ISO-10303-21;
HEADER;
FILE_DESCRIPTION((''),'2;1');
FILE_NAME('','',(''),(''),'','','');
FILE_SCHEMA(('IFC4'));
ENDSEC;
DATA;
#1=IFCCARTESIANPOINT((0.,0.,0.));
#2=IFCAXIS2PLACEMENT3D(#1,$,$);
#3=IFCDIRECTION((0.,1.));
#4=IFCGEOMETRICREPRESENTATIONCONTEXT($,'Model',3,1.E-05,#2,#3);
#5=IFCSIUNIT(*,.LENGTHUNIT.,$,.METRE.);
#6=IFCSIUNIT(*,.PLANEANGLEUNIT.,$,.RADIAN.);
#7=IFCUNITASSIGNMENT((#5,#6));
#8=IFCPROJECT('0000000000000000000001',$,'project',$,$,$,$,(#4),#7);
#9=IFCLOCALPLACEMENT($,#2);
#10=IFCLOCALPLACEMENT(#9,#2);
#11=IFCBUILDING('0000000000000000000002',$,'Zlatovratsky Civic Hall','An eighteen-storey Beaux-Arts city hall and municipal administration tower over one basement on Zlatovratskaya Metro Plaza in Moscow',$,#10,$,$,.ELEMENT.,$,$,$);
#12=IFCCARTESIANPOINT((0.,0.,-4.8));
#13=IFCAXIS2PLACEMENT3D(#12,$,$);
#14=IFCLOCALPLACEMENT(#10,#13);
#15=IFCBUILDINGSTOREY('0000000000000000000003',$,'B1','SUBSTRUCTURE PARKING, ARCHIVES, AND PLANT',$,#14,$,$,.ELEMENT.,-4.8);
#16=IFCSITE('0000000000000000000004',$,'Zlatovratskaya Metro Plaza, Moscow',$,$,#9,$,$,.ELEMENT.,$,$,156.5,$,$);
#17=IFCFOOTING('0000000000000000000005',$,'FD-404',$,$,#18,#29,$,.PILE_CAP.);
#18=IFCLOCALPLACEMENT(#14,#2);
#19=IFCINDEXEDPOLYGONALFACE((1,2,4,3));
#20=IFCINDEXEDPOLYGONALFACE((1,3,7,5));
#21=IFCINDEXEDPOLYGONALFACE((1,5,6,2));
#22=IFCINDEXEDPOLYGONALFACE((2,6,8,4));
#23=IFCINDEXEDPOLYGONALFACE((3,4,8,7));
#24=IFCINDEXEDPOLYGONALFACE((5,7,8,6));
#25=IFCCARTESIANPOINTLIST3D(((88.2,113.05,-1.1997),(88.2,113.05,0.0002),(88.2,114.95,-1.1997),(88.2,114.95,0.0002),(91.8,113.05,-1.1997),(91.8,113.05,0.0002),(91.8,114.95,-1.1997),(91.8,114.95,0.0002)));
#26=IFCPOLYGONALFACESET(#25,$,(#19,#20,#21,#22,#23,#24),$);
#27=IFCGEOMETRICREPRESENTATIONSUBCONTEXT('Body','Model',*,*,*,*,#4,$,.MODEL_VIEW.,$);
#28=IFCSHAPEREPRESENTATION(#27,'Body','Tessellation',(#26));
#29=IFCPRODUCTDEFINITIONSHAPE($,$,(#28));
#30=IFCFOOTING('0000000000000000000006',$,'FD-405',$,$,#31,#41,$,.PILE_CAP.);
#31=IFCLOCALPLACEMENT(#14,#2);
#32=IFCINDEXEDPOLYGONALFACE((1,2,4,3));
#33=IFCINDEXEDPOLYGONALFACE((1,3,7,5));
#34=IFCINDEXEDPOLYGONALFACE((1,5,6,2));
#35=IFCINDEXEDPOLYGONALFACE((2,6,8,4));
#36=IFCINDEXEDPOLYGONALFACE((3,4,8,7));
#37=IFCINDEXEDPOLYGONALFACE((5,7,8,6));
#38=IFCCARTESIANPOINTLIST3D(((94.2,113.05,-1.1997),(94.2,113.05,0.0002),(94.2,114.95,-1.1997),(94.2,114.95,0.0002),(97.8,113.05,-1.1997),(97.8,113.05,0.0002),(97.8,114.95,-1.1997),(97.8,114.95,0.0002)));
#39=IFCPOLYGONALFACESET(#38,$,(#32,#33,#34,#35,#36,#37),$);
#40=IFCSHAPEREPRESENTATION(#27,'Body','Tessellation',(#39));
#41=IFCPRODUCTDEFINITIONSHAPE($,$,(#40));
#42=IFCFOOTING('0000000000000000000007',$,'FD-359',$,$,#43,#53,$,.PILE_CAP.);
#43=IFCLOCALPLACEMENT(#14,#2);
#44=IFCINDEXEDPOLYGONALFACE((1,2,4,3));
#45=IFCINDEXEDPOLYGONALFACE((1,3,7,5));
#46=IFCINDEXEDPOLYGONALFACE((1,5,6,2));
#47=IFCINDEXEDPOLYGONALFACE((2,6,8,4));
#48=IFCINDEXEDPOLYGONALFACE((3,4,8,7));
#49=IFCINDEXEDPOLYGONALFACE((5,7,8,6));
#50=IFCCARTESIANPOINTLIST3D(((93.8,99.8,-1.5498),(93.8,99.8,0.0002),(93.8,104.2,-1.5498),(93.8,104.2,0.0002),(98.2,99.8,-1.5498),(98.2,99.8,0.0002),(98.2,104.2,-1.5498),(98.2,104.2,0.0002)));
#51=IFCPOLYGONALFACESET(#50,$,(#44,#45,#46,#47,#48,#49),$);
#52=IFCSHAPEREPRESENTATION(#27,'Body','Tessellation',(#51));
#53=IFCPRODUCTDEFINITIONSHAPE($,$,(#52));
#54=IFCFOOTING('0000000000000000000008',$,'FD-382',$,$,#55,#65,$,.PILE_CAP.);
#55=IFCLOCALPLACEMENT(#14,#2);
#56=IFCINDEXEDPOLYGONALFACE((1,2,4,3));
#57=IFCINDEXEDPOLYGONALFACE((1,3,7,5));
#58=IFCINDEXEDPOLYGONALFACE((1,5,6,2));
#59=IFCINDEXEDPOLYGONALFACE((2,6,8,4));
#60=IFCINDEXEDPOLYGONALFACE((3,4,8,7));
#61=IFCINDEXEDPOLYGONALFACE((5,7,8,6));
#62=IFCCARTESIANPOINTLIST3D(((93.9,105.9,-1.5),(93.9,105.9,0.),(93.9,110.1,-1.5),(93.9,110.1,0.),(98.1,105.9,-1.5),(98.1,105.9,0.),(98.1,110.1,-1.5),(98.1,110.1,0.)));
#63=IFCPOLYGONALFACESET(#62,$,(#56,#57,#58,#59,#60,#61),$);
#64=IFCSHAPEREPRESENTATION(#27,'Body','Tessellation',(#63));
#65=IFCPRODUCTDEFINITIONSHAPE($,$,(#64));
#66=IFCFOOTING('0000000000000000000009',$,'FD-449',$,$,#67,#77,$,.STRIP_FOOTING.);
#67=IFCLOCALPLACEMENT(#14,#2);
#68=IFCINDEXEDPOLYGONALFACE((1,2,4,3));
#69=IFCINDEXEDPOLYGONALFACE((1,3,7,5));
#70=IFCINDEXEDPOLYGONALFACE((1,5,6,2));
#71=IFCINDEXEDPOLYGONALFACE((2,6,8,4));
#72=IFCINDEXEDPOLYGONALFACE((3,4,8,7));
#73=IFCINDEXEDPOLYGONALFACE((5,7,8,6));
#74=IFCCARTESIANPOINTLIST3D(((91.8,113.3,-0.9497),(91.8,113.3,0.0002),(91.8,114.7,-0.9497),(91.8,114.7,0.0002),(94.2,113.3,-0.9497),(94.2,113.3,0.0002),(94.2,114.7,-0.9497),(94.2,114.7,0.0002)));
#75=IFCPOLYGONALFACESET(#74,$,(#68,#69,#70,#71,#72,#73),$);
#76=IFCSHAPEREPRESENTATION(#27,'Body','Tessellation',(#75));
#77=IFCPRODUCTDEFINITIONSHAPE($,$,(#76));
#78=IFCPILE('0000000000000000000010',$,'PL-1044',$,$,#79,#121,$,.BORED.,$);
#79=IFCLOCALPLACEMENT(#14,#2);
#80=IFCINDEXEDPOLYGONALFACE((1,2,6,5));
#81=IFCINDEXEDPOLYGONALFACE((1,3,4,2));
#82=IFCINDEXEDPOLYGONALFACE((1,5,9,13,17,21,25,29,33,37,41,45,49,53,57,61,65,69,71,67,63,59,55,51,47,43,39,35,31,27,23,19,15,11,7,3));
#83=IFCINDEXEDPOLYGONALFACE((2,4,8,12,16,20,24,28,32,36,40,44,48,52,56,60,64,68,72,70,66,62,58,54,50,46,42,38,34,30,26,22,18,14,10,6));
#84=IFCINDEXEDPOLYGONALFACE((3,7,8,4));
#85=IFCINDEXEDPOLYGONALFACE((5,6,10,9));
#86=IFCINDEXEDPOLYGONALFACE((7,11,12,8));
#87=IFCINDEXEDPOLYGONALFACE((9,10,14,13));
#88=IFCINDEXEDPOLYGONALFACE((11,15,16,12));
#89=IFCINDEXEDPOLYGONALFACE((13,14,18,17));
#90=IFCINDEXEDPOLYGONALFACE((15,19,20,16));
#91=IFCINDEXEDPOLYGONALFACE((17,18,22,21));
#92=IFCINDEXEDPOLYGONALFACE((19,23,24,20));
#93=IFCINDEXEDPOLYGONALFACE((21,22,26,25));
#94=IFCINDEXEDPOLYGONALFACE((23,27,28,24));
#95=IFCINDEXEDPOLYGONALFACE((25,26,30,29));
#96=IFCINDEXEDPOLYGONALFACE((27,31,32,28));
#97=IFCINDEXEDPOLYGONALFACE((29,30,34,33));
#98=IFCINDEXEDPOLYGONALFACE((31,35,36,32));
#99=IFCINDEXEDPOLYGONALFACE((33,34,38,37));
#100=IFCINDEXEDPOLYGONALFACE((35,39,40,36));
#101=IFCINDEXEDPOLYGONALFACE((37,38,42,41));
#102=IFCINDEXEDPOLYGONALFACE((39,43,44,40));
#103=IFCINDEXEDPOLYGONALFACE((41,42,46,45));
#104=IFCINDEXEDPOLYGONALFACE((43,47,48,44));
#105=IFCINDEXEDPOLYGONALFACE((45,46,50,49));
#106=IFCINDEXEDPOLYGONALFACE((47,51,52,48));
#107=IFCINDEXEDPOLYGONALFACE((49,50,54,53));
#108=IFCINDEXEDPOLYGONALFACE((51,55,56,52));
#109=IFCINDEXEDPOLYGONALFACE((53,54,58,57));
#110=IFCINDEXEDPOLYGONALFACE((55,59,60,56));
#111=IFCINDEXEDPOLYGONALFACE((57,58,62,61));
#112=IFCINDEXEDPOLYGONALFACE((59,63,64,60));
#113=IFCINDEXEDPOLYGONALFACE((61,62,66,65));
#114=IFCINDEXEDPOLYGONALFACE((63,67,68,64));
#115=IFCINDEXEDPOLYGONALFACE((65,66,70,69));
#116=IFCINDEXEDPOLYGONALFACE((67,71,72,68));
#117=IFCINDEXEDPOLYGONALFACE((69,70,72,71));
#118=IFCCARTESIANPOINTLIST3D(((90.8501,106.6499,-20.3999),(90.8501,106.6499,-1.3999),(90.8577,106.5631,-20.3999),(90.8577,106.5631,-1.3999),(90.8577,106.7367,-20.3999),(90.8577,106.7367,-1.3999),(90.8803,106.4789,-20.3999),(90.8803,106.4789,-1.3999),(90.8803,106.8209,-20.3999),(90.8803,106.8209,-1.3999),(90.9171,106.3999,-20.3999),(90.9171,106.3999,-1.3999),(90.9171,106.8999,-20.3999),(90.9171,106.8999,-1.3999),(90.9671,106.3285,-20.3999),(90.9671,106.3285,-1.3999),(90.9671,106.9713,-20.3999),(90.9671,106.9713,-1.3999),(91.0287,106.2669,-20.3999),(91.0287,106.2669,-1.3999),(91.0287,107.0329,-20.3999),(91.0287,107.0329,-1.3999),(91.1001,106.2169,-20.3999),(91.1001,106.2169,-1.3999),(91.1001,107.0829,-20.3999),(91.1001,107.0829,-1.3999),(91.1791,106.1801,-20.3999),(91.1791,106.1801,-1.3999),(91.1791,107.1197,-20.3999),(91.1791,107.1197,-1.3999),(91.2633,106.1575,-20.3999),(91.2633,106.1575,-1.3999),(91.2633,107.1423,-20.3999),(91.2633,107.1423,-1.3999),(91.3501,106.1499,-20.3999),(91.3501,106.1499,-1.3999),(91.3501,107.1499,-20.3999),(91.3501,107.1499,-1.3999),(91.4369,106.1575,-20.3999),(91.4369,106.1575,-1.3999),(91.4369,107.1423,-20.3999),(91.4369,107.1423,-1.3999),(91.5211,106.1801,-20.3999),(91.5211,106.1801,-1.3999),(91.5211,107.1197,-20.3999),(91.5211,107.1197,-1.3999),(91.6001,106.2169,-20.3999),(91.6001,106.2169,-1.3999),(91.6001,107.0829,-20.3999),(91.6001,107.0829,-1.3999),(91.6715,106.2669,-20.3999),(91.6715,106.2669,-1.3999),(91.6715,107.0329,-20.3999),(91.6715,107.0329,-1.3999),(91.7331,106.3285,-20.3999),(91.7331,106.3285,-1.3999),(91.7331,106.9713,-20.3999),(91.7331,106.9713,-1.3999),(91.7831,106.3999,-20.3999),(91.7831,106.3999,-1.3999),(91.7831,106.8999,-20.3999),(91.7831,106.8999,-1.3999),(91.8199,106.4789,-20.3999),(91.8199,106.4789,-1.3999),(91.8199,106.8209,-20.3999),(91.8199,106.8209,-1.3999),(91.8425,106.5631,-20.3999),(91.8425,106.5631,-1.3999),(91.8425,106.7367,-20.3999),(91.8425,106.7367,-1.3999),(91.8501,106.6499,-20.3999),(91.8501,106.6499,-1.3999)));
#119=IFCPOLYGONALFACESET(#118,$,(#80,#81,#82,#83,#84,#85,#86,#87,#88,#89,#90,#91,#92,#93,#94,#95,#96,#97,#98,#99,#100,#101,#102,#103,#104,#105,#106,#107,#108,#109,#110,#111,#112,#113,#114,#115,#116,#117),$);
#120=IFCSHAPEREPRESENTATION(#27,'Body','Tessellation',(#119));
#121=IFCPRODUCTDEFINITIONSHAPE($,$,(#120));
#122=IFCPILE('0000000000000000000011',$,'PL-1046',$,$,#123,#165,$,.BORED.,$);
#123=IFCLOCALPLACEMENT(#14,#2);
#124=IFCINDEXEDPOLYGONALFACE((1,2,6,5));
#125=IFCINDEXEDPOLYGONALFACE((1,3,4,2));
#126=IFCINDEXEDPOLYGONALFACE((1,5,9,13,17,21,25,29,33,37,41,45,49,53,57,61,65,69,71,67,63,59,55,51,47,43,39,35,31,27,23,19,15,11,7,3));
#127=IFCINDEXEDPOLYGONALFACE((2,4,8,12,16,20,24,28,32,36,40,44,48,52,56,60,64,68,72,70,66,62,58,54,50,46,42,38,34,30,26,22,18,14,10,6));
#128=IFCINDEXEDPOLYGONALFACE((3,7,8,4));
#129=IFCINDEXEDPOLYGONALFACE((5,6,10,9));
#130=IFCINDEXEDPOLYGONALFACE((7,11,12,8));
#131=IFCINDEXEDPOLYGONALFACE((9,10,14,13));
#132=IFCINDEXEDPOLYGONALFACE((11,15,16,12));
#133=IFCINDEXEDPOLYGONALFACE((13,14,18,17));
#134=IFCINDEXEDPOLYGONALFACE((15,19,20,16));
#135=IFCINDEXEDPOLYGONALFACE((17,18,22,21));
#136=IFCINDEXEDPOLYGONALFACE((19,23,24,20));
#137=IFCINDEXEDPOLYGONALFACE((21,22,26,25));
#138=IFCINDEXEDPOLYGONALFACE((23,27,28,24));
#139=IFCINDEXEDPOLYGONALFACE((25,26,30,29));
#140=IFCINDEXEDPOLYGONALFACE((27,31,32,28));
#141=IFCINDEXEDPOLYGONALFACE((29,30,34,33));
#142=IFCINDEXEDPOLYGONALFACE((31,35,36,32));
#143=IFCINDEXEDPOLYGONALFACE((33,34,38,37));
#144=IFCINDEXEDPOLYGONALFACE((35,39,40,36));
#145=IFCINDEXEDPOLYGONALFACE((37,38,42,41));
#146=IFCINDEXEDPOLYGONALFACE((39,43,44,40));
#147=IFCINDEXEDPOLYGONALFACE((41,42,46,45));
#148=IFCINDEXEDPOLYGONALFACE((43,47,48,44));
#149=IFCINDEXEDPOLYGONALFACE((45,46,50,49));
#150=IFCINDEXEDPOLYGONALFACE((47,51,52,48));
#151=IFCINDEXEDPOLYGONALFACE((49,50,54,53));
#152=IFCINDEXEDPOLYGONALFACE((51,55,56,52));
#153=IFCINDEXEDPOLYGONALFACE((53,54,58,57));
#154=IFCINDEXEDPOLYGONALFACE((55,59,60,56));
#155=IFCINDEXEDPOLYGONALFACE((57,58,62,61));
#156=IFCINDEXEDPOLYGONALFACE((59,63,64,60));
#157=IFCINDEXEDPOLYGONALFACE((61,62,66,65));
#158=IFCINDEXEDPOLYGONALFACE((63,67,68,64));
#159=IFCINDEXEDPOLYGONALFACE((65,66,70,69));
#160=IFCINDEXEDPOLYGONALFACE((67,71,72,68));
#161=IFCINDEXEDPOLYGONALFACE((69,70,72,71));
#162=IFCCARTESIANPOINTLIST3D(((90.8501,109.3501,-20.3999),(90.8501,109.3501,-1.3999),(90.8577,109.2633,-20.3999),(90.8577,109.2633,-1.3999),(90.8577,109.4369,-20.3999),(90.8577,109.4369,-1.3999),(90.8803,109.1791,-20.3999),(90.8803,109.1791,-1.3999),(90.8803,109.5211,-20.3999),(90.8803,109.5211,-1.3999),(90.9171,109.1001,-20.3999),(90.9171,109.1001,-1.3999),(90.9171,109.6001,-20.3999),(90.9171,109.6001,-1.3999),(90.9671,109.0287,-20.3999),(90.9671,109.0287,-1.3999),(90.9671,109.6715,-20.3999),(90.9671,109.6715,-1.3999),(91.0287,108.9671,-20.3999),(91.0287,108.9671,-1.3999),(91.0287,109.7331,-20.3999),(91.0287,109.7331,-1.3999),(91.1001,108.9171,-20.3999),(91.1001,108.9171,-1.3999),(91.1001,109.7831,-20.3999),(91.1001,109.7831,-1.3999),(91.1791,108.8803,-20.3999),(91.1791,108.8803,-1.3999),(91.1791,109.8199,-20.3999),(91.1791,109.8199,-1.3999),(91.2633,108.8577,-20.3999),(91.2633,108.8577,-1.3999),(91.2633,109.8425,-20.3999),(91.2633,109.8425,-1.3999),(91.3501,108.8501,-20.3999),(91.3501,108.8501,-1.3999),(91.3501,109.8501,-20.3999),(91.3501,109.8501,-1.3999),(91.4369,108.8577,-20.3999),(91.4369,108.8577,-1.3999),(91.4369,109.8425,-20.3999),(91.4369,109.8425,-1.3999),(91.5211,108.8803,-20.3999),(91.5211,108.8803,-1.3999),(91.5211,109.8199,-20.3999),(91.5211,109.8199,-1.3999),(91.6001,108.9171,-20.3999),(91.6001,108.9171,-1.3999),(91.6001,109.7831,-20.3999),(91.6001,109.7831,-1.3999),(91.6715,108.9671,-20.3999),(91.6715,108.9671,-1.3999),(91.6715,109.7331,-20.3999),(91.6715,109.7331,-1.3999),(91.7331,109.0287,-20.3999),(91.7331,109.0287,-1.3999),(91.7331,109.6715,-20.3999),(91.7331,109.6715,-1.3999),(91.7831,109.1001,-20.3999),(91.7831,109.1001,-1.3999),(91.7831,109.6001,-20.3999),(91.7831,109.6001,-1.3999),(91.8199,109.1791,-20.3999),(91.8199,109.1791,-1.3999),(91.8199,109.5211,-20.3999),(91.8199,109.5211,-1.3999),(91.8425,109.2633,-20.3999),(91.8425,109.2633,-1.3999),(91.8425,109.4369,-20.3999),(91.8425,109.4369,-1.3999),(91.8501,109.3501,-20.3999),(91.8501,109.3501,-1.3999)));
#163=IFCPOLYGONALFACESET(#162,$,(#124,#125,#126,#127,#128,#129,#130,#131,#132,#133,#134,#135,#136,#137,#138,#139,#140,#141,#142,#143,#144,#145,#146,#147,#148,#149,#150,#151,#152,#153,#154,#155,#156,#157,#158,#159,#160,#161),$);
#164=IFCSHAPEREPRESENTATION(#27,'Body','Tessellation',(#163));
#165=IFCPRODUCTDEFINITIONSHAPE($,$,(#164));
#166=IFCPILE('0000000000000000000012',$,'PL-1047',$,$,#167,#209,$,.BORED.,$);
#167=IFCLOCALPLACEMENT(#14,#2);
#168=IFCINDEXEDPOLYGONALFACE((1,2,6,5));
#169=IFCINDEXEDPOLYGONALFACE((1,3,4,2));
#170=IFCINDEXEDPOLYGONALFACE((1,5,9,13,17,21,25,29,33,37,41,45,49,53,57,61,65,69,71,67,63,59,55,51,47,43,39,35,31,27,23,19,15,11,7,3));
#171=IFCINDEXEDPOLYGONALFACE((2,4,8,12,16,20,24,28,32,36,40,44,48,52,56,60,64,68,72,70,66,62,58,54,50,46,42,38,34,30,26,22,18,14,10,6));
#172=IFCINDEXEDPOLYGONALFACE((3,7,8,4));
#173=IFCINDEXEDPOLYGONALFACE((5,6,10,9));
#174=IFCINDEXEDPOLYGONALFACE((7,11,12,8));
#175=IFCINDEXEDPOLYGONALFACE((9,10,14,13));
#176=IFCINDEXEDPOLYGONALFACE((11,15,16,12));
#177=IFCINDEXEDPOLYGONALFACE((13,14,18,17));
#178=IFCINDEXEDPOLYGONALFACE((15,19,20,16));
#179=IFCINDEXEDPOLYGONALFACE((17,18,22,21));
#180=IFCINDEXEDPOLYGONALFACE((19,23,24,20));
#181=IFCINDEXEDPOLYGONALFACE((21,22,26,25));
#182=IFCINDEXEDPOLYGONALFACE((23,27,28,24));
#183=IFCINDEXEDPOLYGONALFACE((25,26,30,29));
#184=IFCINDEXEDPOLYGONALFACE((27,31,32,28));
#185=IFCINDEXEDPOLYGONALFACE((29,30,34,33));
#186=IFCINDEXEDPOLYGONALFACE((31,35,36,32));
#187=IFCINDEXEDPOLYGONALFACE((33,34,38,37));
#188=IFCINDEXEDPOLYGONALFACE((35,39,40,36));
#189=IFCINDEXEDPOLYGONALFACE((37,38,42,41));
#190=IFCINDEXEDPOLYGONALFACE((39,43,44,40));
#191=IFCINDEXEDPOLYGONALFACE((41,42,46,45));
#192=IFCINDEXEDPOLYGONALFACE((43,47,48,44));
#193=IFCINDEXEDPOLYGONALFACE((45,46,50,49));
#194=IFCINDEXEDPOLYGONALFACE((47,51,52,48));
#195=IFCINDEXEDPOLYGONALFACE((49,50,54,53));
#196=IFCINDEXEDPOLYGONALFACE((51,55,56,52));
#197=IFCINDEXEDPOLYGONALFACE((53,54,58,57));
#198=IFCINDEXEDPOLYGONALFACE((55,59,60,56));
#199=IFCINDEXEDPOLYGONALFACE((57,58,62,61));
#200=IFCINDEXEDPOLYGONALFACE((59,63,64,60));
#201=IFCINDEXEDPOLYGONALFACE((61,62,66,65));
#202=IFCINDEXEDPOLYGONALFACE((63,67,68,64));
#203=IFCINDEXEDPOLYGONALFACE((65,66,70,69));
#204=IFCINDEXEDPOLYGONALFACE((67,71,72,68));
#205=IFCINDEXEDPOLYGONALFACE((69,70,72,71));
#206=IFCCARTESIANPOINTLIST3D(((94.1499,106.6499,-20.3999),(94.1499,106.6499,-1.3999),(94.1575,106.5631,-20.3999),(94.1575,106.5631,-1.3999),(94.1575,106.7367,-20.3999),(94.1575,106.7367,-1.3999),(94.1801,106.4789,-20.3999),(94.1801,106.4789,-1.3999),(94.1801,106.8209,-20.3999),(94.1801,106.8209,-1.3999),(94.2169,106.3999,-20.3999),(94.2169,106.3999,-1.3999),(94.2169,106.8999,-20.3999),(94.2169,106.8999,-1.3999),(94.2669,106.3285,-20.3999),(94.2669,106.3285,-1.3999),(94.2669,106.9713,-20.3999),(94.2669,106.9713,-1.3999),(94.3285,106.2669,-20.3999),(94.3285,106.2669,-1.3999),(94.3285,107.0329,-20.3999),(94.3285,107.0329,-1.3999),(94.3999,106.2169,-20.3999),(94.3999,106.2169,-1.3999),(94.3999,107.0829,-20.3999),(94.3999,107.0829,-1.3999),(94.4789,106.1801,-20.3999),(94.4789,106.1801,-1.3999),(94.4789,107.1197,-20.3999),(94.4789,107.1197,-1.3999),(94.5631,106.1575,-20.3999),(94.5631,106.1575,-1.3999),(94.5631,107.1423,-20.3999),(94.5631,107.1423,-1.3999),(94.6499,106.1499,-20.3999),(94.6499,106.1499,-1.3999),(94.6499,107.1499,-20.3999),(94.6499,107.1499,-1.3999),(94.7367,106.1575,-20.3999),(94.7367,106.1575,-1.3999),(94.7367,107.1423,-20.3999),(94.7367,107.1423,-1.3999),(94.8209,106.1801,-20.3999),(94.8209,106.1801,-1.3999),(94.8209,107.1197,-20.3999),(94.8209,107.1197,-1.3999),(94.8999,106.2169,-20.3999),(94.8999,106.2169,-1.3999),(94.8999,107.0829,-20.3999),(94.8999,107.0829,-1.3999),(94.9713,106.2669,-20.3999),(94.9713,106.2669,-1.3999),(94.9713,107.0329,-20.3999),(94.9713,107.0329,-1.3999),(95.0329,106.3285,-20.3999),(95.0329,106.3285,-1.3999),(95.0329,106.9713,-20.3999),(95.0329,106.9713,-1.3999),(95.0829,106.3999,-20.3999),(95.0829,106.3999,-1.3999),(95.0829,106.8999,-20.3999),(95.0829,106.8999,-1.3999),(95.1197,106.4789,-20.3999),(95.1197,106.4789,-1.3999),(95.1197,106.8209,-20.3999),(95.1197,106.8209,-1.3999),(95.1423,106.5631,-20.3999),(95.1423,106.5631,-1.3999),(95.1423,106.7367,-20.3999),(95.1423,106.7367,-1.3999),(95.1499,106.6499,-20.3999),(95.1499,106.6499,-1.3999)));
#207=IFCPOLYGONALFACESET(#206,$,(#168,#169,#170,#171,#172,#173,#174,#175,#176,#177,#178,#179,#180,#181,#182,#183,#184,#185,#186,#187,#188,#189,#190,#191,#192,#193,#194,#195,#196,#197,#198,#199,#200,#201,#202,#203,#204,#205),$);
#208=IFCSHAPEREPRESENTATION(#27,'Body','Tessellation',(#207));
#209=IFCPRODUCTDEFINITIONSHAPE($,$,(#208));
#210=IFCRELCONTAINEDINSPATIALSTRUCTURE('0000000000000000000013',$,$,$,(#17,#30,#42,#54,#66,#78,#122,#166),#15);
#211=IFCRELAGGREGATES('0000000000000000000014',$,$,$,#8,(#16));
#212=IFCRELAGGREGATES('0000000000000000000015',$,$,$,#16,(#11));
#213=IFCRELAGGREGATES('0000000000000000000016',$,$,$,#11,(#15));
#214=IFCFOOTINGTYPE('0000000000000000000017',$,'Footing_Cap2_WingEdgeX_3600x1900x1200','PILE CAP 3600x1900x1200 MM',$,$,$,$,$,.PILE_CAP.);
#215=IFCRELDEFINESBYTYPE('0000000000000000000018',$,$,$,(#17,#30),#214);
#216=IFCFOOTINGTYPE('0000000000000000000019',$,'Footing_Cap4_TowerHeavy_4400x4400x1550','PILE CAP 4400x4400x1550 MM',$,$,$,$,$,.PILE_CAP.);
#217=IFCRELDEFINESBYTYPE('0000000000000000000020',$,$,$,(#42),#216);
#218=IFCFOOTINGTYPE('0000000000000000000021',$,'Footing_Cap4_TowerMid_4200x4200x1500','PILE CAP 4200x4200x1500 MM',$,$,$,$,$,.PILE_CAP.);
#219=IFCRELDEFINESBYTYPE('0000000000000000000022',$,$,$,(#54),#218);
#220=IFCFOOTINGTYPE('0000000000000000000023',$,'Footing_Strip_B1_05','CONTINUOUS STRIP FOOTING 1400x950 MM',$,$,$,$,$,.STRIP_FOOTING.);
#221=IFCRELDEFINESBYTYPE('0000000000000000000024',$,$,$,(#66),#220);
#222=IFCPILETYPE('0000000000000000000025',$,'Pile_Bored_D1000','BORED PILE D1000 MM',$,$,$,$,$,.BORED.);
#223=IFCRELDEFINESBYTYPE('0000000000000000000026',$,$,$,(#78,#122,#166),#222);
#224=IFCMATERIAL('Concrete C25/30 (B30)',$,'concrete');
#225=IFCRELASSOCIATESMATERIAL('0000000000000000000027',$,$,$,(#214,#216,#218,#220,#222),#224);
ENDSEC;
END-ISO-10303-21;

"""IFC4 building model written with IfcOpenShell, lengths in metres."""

from ifc_helpers import new_model, si_unit, direction, frame, origin, origin_2d, place, context, subcontext, project, spatial, rectangle, circle, extrude, material, material_profile, profile_set, type_object, element, save


model = new_model("IFC4")

# Units and contexts
model_context = context("Model", 3, precision=1e-05, world=origin(), true_north=direction((0.0, 1.0)))
body_context = subcontext(model_context, "Body", "Model", "MODEL_VIEW")
ifc_project = project(units=[si_unit("LENGTHUNIT", "METRE"), si_unit("PLANEANGLEUNIT", "RADIAN")], contexts=[model_context])

# Site, building, storey
site_placement = place(None, origin())
site = spatial("IfcSite", under=ifc_project, at=site_placement, Name="Zlatovratskaya Metro Plaza, Moscow", CompositionType="ELEMENT", RefElevation=156.5)
building_placement = place(site_placement, origin())
building = spatial("IfcBuilding", under=site, at=building_placement, Name="Zlatovratsky Civic Hall", Description="An eighteen-storey Beaux-Arts city hall and municipal administration tower over one basement on Zlatovratskaya Metro Plaza in Moscow", CompositionType="ELEMENT")
storey_placement = place(building_placement, frame((0.0, 0.0, -4.8)))
storey = spatial("IfcBuildingStorey", under=building, at=storey_placement, Name="B1", Description="SUBSTRUCTURE PARKING, ARCHIVES, AND PLANT", CompositionType="ELEMENT", Elevation=-4.8)

# Footings
ifc_material_1 = material(Name="Concrete C25/30 (B30)", Category="concrete")
footing_type_1 = type_object("IfcFootingType", Name="Footing_Cap2_WingEdgeX_3600x1900x1200", Description="PILE CAP 3600x1900x1200 MM", PredefinedType="PILE_CAP", material=ifc_material_1)
for number, where, z_axis, x_axis, name in (
    (1, (90.0, 114.0, -1.1997), (0.0, 0.0, 1.0), (1.0, 0.0, 0.0), "FD-404"),
    (2, (96.0, 114.0, -1.1997), (0.0, 0.0, 1.0), (1.0, 0.0, 0.0), "FD-405"),
):
    element("IfcFooting", number, at=place(storey_placement, frame(where, z_axis=z_axis, x_axis=x_axis)), inside=storey, type_object=footing_type_1, Name=name, PredefinedType="PILE_CAP", context=body_context, shape_type="SweptSolid", body=[
        extrude(rectangle(XDim=3.6001, YDim=1.8999, at=origin_2d()), origin(), (0.0, 0.0, 1.0), 1.2),
    ])
footing_type_2 = type_object("IfcFootingType", Name="Footing_Cap4_TowerHeavy_4400x4400x1550", Description="PILE CAP 4400x4400x1550 MM", PredefinedType="PILE_CAP", material=ifc_material_1)
footing_1_placement = place(storey_placement, frame((96.0, 102.0, -1.5498), z_axis=(0.0, 0.0, 1.0), x_axis=(1.0, 0.0, 0.0)))
element("IfcFooting", 3, at=footing_1_placement, inside=storey, type_object=footing_type_2, Name="FD-359", PredefinedType="PILE_CAP", context=body_context, shape_type="SweptSolid", body=[
    extrude(rectangle(XDim=4.3999, YDim=4.3999, at=origin_2d()), origin(), (0.0, 0.0, 1.0), 1.55),
])
footing_type_3 = type_object("IfcFootingType", Name="Footing_Cap4_TowerMid_4200x4200x1500", Description="PILE CAP 4200x4200x1500 MM", PredefinedType="PILE_CAP", material=ifc_material_1)
footing_2_placement = place(storey_placement, frame((96.0, 108.0, -1.5), z_axis=(0.0, 0.0, 1.0), x_axis=(1.0, 0.0, 0.0)))
element("IfcFooting", 4, at=footing_2_placement, inside=storey, type_object=footing_type_3, Name="FD-382", PredefinedType="PILE_CAP", context=body_context, shape_type="SweptSolid", body=[
    extrude(rectangle(XDim=4.2, YDim=4.2, at=origin_2d()), origin(), (0.0, 0.0, 1.0), 1.5),
])
footing_type_4 = type_object("IfcFootingType", Name="Footing_Strip_B1_05", Description="CONTINUOUS STRIP FOOTING 1400x950 MM", PredefinedType="STRIP_FOOTING", material=ifc_material_1)
footing_3_placement = place(storey_placement, frame((93.0, 114.0, -0.9497), z_axis=(0.0, 0.0, 1.0), x_axis=(1.0, 0.0, 0.0)))
element("IfcFooting", 5, at=footing_3_placement, inside=storey, type_object=footing_type_4, Name="FD-449", PredefinedType="STRIP_FOOTING", context=body_context, shape_type="SweptSolid", body=[
    extrude(rectangle(XDim=2.3999, YDim=1.3999, at=origin_2d()), origin(), (0.0, 0.0, 1.0), 0.95),
])

# Piles
ifc_material_profile_1 = material_profile(ifc_material_1, circle(Radius=0.5, at=origin_2d()), Name="PILE D1000")
ifc_profile_set_1 = profile_set([ifc_material_profile_1], Name="Concrete C25/30 (B30)")
pile_type_1 = type_object("IfcPileType", Name="Pile_Bored_D1000", Description="BORED PILE D1000 MM", PredefinedType="BORED", material=ifc_profile_set_1)
for number, where, z_axis, x_axis, name in (
    (6, (91.3501, 106.6499, -1.3999), (0.0, 0.0, -1.0), (1.0, 0.0, 0.0), "PL-1044"),
    (7, (91.3501, 109.3501, -1.3999), (0.0, 0.0, -1.0), (1.0, 0.0, 0.0), "PL-1046"),
    (8, (94.6499, 106.6499, -1.3999), (0.0, 0.0, -1.0), (1.0, 0.0, 0.0), "PL-1047"),
):
    element("IfcPile", number, at=place(storey_placement, frame(where, z_axis=z_axis, x_axis=x_axis)), inside=storey, type_object=pile_type_1, Name=name, PredefinedType="BORED", context=body_context, shape_type="SweptSolid", body=[
        extrude(circle(Radius=0.5, at=origin_2d()), origin(), (0.0, 0.0, 1.0), 19.0),
    ])

save(model, "model.ifc")
